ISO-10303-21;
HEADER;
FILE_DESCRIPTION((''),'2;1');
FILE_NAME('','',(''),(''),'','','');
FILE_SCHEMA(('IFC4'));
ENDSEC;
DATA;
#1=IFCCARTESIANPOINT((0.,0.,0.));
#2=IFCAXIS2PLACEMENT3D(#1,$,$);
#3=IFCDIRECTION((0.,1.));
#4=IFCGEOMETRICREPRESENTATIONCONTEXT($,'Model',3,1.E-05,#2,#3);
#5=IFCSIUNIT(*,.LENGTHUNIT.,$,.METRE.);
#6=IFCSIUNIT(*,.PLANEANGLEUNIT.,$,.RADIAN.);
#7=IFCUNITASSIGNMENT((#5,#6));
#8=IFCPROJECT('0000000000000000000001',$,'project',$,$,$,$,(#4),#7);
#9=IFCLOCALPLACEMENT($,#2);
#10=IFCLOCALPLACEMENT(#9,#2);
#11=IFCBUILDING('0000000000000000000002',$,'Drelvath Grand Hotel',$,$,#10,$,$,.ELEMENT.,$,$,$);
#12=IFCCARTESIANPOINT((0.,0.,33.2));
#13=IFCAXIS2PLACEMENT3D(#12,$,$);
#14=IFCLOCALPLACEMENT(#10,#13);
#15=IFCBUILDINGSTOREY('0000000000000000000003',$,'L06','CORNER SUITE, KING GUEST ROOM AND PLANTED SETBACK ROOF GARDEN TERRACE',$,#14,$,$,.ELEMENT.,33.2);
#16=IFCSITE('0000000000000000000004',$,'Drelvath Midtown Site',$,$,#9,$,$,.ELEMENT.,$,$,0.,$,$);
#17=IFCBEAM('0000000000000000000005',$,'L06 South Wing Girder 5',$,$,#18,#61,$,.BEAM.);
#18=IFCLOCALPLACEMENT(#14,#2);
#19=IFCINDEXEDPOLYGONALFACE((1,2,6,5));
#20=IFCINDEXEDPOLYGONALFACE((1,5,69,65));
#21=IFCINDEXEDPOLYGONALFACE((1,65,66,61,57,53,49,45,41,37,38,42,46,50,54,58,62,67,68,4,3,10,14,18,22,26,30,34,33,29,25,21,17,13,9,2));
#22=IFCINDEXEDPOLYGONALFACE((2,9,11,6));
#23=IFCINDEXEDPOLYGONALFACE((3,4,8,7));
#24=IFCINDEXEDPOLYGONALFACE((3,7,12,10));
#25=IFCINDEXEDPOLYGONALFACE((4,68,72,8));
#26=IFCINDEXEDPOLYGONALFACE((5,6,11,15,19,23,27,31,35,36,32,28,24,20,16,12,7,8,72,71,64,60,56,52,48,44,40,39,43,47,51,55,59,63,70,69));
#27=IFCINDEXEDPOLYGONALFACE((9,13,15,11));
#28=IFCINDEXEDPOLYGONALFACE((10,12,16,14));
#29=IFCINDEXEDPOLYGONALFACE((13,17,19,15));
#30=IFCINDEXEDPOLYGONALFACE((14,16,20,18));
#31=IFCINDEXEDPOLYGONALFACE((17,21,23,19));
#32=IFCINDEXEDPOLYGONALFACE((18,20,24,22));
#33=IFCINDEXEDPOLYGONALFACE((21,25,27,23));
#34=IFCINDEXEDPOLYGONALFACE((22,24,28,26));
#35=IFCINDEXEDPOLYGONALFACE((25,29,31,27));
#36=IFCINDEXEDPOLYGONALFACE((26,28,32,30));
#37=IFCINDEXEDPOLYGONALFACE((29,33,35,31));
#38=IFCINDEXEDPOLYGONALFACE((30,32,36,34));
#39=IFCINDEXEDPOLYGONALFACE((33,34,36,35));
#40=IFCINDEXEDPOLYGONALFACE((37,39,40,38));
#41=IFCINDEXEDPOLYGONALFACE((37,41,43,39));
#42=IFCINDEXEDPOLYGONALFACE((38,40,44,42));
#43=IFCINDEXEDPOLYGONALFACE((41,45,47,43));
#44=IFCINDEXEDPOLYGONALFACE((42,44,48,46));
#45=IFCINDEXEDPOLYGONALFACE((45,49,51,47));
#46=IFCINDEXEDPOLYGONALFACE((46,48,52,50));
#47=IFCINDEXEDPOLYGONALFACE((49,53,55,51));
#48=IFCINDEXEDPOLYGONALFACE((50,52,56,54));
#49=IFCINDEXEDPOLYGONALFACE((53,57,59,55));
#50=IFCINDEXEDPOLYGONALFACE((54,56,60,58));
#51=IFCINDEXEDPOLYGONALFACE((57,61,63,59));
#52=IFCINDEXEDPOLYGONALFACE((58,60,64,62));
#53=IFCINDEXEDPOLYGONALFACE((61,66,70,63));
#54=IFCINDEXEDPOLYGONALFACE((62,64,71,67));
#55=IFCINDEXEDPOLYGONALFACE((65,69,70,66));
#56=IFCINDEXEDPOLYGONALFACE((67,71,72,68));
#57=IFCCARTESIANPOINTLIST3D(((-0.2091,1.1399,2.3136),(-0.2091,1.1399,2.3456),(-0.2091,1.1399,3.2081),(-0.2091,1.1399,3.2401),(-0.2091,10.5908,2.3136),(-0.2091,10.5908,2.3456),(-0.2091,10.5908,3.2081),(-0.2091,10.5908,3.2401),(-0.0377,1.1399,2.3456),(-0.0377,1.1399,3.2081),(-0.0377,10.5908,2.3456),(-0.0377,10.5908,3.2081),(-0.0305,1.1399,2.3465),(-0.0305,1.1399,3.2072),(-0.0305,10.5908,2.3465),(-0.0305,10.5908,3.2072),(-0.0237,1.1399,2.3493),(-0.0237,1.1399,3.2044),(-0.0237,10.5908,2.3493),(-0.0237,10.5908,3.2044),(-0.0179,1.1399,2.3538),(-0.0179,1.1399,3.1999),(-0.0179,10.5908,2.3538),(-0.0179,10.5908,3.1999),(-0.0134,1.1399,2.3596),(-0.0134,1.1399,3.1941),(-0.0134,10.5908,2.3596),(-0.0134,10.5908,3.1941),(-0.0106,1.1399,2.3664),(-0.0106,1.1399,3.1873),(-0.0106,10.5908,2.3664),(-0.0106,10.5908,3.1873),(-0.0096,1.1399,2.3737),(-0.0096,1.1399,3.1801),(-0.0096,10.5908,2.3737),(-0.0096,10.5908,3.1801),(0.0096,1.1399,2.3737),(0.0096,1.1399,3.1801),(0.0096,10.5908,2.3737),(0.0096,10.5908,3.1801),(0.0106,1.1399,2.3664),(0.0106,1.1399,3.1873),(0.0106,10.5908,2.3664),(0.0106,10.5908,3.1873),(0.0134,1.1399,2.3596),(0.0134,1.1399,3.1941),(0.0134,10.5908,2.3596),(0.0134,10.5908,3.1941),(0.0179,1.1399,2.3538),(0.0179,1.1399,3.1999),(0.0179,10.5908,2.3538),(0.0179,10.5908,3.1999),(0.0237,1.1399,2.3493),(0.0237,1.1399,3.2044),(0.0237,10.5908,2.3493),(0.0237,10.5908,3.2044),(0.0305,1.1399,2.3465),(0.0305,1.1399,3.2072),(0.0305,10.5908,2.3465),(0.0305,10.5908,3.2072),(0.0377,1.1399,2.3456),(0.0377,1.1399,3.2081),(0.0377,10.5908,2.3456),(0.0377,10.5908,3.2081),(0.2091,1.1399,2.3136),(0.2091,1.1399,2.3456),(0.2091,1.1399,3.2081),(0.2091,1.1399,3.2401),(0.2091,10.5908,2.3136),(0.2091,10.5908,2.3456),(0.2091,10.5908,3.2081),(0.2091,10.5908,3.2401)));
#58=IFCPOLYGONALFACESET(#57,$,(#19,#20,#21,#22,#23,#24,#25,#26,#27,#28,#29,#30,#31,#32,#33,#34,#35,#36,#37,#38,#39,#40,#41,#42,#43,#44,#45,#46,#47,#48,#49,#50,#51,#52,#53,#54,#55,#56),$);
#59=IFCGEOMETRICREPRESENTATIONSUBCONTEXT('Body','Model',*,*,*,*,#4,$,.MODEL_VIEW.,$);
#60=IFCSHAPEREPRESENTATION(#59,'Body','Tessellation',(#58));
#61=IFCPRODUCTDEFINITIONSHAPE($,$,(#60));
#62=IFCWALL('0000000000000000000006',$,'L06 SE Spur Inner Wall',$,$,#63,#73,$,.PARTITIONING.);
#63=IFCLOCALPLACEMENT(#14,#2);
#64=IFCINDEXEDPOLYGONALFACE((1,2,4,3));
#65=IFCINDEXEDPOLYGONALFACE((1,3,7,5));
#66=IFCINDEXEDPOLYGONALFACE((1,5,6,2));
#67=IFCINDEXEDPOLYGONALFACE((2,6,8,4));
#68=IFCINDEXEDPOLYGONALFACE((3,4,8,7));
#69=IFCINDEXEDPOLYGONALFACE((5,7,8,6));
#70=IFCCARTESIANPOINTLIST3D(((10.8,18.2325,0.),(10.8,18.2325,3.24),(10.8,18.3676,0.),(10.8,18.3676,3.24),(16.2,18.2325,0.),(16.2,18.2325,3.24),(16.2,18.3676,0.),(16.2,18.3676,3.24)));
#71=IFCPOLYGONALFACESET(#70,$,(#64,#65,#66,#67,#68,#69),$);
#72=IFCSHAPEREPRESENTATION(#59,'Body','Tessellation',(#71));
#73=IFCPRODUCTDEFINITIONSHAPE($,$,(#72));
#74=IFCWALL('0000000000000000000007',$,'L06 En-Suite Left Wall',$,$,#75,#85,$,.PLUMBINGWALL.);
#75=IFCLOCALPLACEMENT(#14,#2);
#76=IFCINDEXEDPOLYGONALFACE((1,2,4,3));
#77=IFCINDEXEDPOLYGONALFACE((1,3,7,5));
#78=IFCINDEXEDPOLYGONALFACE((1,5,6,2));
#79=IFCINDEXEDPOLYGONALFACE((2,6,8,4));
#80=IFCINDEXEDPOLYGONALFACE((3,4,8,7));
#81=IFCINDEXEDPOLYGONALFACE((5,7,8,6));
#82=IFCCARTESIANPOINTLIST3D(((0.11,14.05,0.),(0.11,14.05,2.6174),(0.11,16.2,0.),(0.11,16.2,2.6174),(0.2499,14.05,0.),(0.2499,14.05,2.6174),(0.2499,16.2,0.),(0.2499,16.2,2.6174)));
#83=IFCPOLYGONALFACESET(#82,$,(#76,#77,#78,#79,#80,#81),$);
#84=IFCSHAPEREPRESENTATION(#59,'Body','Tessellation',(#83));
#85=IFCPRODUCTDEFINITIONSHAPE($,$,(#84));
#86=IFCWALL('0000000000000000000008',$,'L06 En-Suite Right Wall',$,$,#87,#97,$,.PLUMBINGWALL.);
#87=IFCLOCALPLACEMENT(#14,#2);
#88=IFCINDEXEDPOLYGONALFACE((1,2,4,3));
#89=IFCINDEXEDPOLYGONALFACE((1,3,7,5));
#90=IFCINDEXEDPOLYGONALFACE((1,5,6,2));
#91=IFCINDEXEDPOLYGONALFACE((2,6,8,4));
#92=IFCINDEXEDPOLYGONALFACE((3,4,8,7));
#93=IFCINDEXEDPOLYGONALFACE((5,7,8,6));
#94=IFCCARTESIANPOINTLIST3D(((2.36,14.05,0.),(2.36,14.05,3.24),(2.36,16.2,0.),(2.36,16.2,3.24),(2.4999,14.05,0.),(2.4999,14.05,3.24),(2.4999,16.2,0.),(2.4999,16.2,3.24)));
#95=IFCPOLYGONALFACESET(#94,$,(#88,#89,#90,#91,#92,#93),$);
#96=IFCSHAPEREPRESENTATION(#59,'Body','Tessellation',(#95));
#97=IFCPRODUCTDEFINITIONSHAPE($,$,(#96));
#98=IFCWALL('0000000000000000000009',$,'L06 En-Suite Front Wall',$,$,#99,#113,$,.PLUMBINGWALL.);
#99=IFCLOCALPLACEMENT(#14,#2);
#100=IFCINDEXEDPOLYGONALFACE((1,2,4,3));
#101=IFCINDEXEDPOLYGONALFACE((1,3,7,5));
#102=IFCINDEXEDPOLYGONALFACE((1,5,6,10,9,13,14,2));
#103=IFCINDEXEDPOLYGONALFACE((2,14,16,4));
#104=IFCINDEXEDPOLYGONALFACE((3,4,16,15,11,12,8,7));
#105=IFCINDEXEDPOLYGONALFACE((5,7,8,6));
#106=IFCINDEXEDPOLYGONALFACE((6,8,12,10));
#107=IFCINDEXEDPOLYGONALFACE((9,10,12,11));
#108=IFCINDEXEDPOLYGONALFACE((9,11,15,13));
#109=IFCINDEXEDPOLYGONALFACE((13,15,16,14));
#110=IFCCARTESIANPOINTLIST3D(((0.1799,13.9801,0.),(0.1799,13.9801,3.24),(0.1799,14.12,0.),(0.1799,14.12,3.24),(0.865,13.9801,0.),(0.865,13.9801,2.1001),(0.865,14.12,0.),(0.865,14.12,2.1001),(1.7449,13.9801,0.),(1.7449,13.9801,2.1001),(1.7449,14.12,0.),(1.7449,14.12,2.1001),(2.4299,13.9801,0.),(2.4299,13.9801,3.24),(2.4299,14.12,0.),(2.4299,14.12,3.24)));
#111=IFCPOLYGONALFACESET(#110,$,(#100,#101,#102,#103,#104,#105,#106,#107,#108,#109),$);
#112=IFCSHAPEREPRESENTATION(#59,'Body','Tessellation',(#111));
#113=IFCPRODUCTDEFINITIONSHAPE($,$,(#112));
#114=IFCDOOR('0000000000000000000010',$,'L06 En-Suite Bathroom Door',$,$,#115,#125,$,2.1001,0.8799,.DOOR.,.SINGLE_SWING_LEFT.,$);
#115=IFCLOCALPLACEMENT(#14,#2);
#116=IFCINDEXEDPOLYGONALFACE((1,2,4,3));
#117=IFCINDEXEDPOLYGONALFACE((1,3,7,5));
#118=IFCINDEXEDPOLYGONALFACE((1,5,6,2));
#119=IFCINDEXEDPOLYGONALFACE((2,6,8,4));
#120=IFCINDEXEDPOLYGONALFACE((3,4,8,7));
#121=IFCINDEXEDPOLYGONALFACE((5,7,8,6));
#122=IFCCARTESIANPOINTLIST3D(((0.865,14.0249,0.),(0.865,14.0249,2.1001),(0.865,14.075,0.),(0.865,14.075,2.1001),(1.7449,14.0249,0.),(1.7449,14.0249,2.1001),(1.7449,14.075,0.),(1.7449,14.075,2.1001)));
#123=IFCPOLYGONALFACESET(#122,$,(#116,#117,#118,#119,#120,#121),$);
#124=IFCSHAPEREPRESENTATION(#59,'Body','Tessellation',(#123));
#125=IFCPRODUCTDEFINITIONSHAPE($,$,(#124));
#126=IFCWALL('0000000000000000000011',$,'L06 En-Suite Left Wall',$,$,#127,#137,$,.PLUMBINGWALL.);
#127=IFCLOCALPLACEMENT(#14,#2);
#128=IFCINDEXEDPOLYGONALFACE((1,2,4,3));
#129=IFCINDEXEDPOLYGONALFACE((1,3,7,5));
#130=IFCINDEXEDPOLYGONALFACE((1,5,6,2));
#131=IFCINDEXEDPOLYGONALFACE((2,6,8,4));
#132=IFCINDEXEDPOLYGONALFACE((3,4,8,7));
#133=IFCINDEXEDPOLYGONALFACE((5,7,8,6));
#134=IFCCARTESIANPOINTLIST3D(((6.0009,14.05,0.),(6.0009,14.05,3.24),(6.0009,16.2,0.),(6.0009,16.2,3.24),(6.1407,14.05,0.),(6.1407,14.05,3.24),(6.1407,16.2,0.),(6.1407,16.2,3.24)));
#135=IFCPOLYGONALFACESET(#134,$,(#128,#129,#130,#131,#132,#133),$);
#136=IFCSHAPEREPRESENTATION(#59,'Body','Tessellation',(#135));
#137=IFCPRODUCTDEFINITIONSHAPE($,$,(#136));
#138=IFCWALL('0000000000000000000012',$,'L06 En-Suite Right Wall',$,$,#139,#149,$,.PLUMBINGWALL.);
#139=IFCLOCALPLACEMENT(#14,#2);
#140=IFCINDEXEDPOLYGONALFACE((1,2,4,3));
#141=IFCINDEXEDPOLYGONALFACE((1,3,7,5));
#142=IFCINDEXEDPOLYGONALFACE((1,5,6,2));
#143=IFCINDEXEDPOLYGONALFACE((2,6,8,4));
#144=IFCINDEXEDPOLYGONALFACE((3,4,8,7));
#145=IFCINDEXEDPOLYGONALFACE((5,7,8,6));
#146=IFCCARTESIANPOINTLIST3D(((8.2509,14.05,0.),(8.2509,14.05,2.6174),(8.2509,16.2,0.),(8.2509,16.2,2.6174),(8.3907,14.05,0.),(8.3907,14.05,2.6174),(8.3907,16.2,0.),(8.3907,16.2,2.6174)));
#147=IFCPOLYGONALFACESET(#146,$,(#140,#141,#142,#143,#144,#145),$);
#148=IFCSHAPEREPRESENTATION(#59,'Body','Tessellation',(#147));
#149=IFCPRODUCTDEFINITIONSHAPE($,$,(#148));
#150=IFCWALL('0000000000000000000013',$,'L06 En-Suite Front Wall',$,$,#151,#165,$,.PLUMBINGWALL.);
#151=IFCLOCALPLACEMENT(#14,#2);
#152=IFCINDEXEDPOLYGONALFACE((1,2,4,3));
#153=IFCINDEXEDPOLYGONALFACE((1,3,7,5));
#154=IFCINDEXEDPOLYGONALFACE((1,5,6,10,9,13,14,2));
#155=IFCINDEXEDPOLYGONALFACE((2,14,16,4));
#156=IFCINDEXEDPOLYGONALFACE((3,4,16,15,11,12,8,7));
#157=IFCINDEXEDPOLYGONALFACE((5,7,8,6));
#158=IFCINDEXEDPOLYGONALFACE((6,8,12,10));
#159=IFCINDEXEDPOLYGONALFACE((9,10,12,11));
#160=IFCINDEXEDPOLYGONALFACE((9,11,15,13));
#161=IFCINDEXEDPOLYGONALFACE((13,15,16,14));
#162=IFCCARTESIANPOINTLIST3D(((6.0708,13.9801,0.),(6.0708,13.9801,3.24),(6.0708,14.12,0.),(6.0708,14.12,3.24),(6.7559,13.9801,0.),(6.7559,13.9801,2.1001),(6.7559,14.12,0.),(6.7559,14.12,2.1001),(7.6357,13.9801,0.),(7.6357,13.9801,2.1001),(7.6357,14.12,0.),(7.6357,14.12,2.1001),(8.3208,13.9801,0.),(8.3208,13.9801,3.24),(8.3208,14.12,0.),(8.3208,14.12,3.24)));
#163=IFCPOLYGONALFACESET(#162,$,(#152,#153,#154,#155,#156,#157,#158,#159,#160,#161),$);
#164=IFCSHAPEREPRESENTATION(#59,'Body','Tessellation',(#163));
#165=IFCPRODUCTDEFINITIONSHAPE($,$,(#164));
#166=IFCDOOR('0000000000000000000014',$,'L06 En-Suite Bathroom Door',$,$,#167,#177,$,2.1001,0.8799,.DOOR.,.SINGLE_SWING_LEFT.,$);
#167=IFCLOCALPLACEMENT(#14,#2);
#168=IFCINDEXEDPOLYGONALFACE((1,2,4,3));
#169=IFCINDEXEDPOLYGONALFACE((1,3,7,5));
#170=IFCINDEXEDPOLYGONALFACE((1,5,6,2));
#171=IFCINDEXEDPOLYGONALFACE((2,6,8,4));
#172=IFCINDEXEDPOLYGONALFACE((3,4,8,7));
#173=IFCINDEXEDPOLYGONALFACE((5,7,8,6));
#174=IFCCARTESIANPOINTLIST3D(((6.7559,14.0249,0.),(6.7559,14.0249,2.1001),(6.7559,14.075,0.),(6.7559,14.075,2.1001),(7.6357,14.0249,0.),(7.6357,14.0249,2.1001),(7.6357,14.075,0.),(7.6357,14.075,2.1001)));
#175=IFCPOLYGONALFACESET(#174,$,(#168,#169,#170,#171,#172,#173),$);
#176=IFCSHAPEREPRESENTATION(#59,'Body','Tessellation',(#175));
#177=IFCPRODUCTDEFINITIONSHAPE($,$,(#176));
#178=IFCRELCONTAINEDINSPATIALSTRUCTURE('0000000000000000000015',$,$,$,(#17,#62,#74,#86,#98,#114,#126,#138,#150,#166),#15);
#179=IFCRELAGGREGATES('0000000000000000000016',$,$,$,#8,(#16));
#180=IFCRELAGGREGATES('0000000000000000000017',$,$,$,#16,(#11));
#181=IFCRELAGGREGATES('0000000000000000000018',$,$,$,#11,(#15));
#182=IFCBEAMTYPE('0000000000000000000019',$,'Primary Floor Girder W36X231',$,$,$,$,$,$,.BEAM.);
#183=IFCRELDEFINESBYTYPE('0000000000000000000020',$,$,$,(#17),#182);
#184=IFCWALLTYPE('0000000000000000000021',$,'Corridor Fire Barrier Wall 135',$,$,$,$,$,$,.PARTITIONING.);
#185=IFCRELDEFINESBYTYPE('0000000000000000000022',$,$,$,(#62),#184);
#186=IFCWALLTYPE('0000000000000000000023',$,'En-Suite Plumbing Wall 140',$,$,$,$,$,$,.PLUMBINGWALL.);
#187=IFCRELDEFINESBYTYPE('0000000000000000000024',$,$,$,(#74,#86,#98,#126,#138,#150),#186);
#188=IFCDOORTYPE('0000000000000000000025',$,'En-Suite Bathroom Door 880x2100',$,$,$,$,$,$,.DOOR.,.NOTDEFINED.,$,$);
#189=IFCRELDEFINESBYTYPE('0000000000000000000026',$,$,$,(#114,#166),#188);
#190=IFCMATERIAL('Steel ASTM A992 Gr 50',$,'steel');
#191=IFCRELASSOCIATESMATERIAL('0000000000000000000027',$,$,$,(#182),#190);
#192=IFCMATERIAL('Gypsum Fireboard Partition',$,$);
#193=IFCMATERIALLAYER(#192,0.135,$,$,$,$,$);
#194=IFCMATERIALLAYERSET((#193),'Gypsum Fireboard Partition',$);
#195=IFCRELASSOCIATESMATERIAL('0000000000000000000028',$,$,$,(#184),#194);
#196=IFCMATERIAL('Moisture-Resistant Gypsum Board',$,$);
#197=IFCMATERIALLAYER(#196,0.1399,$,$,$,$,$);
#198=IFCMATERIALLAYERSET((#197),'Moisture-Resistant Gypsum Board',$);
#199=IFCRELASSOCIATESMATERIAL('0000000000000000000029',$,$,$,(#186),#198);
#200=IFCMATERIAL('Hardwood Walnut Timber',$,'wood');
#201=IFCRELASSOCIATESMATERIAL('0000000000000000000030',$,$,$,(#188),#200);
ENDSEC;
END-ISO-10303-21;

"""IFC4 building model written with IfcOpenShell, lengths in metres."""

from ifc_helpers import new_model, si_unit, direction, frame, frame_2d, origin, origin_2d, place, context, subcontext, project, spatial, rectangle, i_section, extrude, material, layer, layer_set, material_profile, profile_set, type_object, element, fill, save


model = new_model("IFC4")

# Units and contexts
model_context = context("Model", 3, precision=1e-05, world=origin(), true_north=direction((0.0, 1.0)))
body_context = subcontext(model_context, "Body", "Model", "MODEL_VIEW")
ifc_project = project(units=[si_unit("LENGTHUNIT", "METRE"), si_unit("PLANEANGLEUNIT", "RADIAN")], contexts=[model_context])

# Site, building, storey
site_placement = place(None, origin())
site = spatial("IfcSite", under=ifc_project, at=site_placement, Name="Drelvath Midtown Site", CompositionType="ELEMENT", RefElevation=0.0)
building_placement = place(site_placement, origin())
building = spatial("IfcBuilding", under=site, at=building_placement, Name="Drelvath Grand Hotel", CompositionType="ELEMENT")
storey_placement = place(building_placement, frame((0.0, 0.0, 33.2)))
storey = spatial("IfcBuildingStorey", under=building, at=storey_placement, Name="L06", Description="CORNER SUITE, KING GUEST ROOM AND PLANTED SETBACK ROOF GARDEN TERRACE", CompositionType="ELEMENT", Elevation=33.2)

# Beam
ifc_material_1 = material(Name="Steel ASTM A992 Gr 50", Category="steel")
ifc_material_profile_1 = material_profile(ifc_material_1, i_section(OverallWidth=0.4182, OverallDepth=0.9265, WebThickness=0.0193, FlangeThickness=0.032, FilletRadius=0.0281, at=origin_2d()), Name="W36X231")
ifc_profile_set_1 = profile_set([ifc_material_profile_1], Name="Steel ASTM A992 Gr 50")
beam_type_1 = type_object("IfcBeamType", Name="Primary Floor Girder W36X231", PredefinedType="BEAM", material=ifc_profile_set_1)
beam_1_placement = place(storey_placement, frame((0.0, 1.1399, 2.7769), z_axis=(0.0, 1.0, 0.0), x_axis=(-1.0, 0.0, 0.0)))
element("IfcBeam", 1, at=beam_1_placement, inside=storey, type_object=beam_type_1, Name="L06 South Wing Girder 5", PredefinedType="BEAM", context=body_context, shape_type="SweptSolid", body=[
    extrude(i_section(OverallWidth=0.4182, OverallDepth=0.9265, WebThickness=0.0193, FlangeThickness=0.032, FilletRadius=0.0281, at=origin_2d()), origin(), (0.0, 0.0, 1.0), 9.4509),
])

# Wall
ifc_material_2 = material(Name="Gypsum Fireboard Partition")
ifc_layer_1 = layer(ifc_material_2, 0.135)
ifc_layer_set_1 = layer_set([ifc_layer_1], Name="Gypsum Fireboard Partition")
wall_type_1 = type_object("IfcWallType", Name="Corridor Fire Barrier Wall 135", PredefinedType="PARTITIONING", material=ifc_layer_set_1)
wall_1_placement = place(storey_placement, frame((10.8, 18.3, 0.0), z_axis=(0.0, 0.0, 1.0), x_axis=(1.0, 0.0, 0.0)))
element("IfcWall", 2, at=wall_1_placement, inside=storey, type_object=wall_type_1, Name="L06 SE Spur Inner Wall", PredefinedType="PARTITIONING", context=body_context, shape_type="SweptSolid", body=[
    extrude(rectangle(XDim=5.3999, YDim=0.135, at=frame_2d((2.7, 0.0))), origin(), (0.0, 0.0, 1.0), 3.24),
])

# Shared definitions
ifc_material_3 = material(Name="Hardwood Walnut Timber", Category="wood")

# Walls
ifc_material_4 = material(Name="Moisture-Resistant Gypsum Board")
ifc_layer_2 = layer(ifc_material_4, 0.1399)
ifc_layer_set_2 = layer_set([ifc_layer_2], Name="Moisture-Resistant Gypsum Board")
wall_type_2 = type_object("IfcWallType", Name="En-Suite Plumbing Wall 140", PredefinedType="PLUMBINGWALL", material=ifc_layer_set_2)
wall_2_placement = place(storey_placement, frame((0.1799, 16.2, 0.0), z_axis=(0.0, 0.0, 1.0), x_axis=(0.0, -1.0, 0.0)))
element("IfcWall", 3, at=wall_2_placement, inside=storey, type_object=wall_type_2, Name="L06 En-Suite Left Wall", PredefinedType="PLUMBINGWALL", context=body_context, shape_type="SweptSolid", body=[
    extrude(rectangle(XDim=2.1499, YDim=0.1399, at=frame_2d((1.075, 0.0))), origin(), (0.0, 0.0, 1.0), 2.6174),
])
wall_3_placement = place(storey_placement, frame((2.4299, 16.2, 0.0), z_axis=(0.0, 0.0, 1.0), x_axis=(0.0, -1.0, 0.0)))
element("IfcWall", 4, at=wall_3_placement, inside=storey, type_object=wall_type_2, Name="L06 En-Suite Right Wall", PredefinedType="PLUMBINGWALL", context=body_context, shape_type="SweptSolid", body=[
    extrude(rectangle(XDim=2.1499, YDim=0.1399, at=frame_2d((1.075, 0.0))), origin(), (0.0, 0.0, 1.0), 3.24),
])

# Wall, opening, door
wall_4_placement = place(storey_placement, frame((0.1799, 14.05, 0.0), z_axis=(0.0, 0.0, 1.0), x_axis=(1.0, 0.0, 0.0)))
wall_4 = element("IfcWall", 5, at=wall_4_placement, inside=storey, type_object=wall_type_2, Name="L06 En-Suite Front Wall", PredefinedType="PLUMBINGWALL", context=body_context, shape_type="SweptSolid", body=[
    extrude(rectangle(XDim=2.25, YDim=0.1399, at=frame_2d((1.125, 0.0))), origin(), (0.0, 0.0, 1.0), 3.24),
])
opening_1_placement = place(wall_4_placement, frame((0.6851, 0.0, 0.0)))
opening_1 = element("IfcOpeningElement", 6, at=opening_1_placement, cuts=wall_4, PredefinedType="OPENING", context=body_context, shape_type="SweptSolid", body=[
    extrude(rectangle(XDim=0.8799, YDim=2.1001, at=frame_2d((0.4399, 1.05))), frame((0.0, 0.0798, 0.0), z_axis=(0.0, -1.0, 0.0), x_axis=(1.0, 0.0, 0.0)), (0.0, 0.0, 1.0), 0.1599),
])
door_type_1 = type_object("IfcDoorType", Name="En-Suite Bathroom Door 880x2100", OperationType="NOTDEFINED", PredefinedType="DOOR", material=ifc_material_3)
door_1_placement = place(opening_1_placement, origin())
door_1 = element("IfcDoor", 7, at=door_1_placement, inside=storey, type_object=door_type_1, Name="L06 En-Suite Bathroom Door", OperationType="SINGLE_SWING_LEFT", OverallHeight=2.1001, OverallWidth=0.8799, PredefinedType="DOOR", context=body_context, shape_type="SweptSolid", body=[
    extrude(rectangle(XDim=0.8799, YDim=2.1001, at=frame_2d((0.4399, 1.05))), frame((0.0, 0.0249, 0.0), z_axis=(0.0, -1.0, 0.0), x_axis=(1.0, 0.0, 0.0)), (0.0, 0.0, 1.0), 0.05),
])
fill(opening_1, door_1)

# Walls
wall_5_placement = place(storey_placement, frame((6.0708, 16.2, 0.0), z_axis=(0.0, 0.0, 1.0), x_axis=(0.0, -1.0, 0.0)))
element("IfcWall", 8, at=wall_5_placement, inside=storey, type_object=wall_type_2, Name="L06 En-Suite Left Wall", PredefinedType="PLUMBINGWALL", context=body_context, shape_type="SweptSolid", body=[
    extrude(rectangle(XDim=2.1499, YDim=0.1399, at=frame_2d((1.075, 0.0))), origin(), (0.0, 0.0, 1.0), 3.24),
])
wall_6_placement = place(storey_placement, frame((8.3208, 16.2, 0.0), z_axis=(0.0, 0.0, 1.0), x_axis=(0.0, -1.0, 0.0)))
element("IfcWall", 9, at=wall_6_placement, inside=storey, type_object=wall_type_2, Name="L06 En-Suite Right Wall", PredefinedType="PLUMBINGWALL", context=body_context, shape_type="SweptSolid", body=[
    extrude(rectangle(XDim=2.1499, YDim=0.1399, at=frame_2d((1.075, 0.0))), origin(), (0.0, 0.0, 1.0), 2.6174),
])

# Wall, opening, door
wall_7_placement = place(storey_placement, frame((6.0708, 14.05, 0.0), z_axis=(0.0, 0.0, 1.0), x_axis=(1.0, 0.0, 0.0)))
wall_7 = element("IfcWall", 10, at=wall_7_placement, inside=storey, type_object=wall_type_2, Name="L06 En-Suite Front Wall", PredefinedType="PLUMBINGWALL", context=body_context, shape_type="SweptSolid", body=[
    extrude(rectangle(XDim=2.25, YDim=0.1399, at=frame_2d((1.125, 0.0))), origin(), (0.0, 0.0, 1.0), 3.24),
])
opening_2_placement = place(wall_7_placement, frame((0.6851, 0.0, 0.0)))
opening_2 = element("IfcOpeningElement", 11, at=opening_2_placement, cuts=wall_7, PredefinedType="OPENING", context=body_context, shape_type="SweptSolid", body=[
    extrude(rectangle(XDim=0.8799, YDim=2.1001, at=frame_2d((0.4399, 1.05))), frame((0.0, 0.0798, 0.0), z_axis=(0.0, -1.0, 0.0), x_axis=(1.0, 0.0, 0.0)), (0.0, 0.0, 1.0), 0.1599),
])
door_2_placement = place(opening_2_placement, origin())
door_2 = element("IfcDoor", 12, at=door_2_placement, inside=storey, type_object=door_type_1, Name="L06 En-Suite Bathroom Door", OperationType="SINGLE_SWING_LEFT", OverallHeight=2.1001, OverallWidth=0.8799, PredefinedType="DOOR", context=body_context, shape_type="SweptSolid", body=[
    extrude(rectangle(XDim=0.8799, YDim=2.1001, at=frame_2d((0.4399, 1.05))), frame((0.0, 0.0249, 0.0), z_axis=(0.0, -1.0, 0.0), x_axis=(1.0, 0.0, 0.0)), (0.0, 0.0, 1.0), 0.05),
])
fill(opening_2, door_2)

save(model, "model.ifc")
